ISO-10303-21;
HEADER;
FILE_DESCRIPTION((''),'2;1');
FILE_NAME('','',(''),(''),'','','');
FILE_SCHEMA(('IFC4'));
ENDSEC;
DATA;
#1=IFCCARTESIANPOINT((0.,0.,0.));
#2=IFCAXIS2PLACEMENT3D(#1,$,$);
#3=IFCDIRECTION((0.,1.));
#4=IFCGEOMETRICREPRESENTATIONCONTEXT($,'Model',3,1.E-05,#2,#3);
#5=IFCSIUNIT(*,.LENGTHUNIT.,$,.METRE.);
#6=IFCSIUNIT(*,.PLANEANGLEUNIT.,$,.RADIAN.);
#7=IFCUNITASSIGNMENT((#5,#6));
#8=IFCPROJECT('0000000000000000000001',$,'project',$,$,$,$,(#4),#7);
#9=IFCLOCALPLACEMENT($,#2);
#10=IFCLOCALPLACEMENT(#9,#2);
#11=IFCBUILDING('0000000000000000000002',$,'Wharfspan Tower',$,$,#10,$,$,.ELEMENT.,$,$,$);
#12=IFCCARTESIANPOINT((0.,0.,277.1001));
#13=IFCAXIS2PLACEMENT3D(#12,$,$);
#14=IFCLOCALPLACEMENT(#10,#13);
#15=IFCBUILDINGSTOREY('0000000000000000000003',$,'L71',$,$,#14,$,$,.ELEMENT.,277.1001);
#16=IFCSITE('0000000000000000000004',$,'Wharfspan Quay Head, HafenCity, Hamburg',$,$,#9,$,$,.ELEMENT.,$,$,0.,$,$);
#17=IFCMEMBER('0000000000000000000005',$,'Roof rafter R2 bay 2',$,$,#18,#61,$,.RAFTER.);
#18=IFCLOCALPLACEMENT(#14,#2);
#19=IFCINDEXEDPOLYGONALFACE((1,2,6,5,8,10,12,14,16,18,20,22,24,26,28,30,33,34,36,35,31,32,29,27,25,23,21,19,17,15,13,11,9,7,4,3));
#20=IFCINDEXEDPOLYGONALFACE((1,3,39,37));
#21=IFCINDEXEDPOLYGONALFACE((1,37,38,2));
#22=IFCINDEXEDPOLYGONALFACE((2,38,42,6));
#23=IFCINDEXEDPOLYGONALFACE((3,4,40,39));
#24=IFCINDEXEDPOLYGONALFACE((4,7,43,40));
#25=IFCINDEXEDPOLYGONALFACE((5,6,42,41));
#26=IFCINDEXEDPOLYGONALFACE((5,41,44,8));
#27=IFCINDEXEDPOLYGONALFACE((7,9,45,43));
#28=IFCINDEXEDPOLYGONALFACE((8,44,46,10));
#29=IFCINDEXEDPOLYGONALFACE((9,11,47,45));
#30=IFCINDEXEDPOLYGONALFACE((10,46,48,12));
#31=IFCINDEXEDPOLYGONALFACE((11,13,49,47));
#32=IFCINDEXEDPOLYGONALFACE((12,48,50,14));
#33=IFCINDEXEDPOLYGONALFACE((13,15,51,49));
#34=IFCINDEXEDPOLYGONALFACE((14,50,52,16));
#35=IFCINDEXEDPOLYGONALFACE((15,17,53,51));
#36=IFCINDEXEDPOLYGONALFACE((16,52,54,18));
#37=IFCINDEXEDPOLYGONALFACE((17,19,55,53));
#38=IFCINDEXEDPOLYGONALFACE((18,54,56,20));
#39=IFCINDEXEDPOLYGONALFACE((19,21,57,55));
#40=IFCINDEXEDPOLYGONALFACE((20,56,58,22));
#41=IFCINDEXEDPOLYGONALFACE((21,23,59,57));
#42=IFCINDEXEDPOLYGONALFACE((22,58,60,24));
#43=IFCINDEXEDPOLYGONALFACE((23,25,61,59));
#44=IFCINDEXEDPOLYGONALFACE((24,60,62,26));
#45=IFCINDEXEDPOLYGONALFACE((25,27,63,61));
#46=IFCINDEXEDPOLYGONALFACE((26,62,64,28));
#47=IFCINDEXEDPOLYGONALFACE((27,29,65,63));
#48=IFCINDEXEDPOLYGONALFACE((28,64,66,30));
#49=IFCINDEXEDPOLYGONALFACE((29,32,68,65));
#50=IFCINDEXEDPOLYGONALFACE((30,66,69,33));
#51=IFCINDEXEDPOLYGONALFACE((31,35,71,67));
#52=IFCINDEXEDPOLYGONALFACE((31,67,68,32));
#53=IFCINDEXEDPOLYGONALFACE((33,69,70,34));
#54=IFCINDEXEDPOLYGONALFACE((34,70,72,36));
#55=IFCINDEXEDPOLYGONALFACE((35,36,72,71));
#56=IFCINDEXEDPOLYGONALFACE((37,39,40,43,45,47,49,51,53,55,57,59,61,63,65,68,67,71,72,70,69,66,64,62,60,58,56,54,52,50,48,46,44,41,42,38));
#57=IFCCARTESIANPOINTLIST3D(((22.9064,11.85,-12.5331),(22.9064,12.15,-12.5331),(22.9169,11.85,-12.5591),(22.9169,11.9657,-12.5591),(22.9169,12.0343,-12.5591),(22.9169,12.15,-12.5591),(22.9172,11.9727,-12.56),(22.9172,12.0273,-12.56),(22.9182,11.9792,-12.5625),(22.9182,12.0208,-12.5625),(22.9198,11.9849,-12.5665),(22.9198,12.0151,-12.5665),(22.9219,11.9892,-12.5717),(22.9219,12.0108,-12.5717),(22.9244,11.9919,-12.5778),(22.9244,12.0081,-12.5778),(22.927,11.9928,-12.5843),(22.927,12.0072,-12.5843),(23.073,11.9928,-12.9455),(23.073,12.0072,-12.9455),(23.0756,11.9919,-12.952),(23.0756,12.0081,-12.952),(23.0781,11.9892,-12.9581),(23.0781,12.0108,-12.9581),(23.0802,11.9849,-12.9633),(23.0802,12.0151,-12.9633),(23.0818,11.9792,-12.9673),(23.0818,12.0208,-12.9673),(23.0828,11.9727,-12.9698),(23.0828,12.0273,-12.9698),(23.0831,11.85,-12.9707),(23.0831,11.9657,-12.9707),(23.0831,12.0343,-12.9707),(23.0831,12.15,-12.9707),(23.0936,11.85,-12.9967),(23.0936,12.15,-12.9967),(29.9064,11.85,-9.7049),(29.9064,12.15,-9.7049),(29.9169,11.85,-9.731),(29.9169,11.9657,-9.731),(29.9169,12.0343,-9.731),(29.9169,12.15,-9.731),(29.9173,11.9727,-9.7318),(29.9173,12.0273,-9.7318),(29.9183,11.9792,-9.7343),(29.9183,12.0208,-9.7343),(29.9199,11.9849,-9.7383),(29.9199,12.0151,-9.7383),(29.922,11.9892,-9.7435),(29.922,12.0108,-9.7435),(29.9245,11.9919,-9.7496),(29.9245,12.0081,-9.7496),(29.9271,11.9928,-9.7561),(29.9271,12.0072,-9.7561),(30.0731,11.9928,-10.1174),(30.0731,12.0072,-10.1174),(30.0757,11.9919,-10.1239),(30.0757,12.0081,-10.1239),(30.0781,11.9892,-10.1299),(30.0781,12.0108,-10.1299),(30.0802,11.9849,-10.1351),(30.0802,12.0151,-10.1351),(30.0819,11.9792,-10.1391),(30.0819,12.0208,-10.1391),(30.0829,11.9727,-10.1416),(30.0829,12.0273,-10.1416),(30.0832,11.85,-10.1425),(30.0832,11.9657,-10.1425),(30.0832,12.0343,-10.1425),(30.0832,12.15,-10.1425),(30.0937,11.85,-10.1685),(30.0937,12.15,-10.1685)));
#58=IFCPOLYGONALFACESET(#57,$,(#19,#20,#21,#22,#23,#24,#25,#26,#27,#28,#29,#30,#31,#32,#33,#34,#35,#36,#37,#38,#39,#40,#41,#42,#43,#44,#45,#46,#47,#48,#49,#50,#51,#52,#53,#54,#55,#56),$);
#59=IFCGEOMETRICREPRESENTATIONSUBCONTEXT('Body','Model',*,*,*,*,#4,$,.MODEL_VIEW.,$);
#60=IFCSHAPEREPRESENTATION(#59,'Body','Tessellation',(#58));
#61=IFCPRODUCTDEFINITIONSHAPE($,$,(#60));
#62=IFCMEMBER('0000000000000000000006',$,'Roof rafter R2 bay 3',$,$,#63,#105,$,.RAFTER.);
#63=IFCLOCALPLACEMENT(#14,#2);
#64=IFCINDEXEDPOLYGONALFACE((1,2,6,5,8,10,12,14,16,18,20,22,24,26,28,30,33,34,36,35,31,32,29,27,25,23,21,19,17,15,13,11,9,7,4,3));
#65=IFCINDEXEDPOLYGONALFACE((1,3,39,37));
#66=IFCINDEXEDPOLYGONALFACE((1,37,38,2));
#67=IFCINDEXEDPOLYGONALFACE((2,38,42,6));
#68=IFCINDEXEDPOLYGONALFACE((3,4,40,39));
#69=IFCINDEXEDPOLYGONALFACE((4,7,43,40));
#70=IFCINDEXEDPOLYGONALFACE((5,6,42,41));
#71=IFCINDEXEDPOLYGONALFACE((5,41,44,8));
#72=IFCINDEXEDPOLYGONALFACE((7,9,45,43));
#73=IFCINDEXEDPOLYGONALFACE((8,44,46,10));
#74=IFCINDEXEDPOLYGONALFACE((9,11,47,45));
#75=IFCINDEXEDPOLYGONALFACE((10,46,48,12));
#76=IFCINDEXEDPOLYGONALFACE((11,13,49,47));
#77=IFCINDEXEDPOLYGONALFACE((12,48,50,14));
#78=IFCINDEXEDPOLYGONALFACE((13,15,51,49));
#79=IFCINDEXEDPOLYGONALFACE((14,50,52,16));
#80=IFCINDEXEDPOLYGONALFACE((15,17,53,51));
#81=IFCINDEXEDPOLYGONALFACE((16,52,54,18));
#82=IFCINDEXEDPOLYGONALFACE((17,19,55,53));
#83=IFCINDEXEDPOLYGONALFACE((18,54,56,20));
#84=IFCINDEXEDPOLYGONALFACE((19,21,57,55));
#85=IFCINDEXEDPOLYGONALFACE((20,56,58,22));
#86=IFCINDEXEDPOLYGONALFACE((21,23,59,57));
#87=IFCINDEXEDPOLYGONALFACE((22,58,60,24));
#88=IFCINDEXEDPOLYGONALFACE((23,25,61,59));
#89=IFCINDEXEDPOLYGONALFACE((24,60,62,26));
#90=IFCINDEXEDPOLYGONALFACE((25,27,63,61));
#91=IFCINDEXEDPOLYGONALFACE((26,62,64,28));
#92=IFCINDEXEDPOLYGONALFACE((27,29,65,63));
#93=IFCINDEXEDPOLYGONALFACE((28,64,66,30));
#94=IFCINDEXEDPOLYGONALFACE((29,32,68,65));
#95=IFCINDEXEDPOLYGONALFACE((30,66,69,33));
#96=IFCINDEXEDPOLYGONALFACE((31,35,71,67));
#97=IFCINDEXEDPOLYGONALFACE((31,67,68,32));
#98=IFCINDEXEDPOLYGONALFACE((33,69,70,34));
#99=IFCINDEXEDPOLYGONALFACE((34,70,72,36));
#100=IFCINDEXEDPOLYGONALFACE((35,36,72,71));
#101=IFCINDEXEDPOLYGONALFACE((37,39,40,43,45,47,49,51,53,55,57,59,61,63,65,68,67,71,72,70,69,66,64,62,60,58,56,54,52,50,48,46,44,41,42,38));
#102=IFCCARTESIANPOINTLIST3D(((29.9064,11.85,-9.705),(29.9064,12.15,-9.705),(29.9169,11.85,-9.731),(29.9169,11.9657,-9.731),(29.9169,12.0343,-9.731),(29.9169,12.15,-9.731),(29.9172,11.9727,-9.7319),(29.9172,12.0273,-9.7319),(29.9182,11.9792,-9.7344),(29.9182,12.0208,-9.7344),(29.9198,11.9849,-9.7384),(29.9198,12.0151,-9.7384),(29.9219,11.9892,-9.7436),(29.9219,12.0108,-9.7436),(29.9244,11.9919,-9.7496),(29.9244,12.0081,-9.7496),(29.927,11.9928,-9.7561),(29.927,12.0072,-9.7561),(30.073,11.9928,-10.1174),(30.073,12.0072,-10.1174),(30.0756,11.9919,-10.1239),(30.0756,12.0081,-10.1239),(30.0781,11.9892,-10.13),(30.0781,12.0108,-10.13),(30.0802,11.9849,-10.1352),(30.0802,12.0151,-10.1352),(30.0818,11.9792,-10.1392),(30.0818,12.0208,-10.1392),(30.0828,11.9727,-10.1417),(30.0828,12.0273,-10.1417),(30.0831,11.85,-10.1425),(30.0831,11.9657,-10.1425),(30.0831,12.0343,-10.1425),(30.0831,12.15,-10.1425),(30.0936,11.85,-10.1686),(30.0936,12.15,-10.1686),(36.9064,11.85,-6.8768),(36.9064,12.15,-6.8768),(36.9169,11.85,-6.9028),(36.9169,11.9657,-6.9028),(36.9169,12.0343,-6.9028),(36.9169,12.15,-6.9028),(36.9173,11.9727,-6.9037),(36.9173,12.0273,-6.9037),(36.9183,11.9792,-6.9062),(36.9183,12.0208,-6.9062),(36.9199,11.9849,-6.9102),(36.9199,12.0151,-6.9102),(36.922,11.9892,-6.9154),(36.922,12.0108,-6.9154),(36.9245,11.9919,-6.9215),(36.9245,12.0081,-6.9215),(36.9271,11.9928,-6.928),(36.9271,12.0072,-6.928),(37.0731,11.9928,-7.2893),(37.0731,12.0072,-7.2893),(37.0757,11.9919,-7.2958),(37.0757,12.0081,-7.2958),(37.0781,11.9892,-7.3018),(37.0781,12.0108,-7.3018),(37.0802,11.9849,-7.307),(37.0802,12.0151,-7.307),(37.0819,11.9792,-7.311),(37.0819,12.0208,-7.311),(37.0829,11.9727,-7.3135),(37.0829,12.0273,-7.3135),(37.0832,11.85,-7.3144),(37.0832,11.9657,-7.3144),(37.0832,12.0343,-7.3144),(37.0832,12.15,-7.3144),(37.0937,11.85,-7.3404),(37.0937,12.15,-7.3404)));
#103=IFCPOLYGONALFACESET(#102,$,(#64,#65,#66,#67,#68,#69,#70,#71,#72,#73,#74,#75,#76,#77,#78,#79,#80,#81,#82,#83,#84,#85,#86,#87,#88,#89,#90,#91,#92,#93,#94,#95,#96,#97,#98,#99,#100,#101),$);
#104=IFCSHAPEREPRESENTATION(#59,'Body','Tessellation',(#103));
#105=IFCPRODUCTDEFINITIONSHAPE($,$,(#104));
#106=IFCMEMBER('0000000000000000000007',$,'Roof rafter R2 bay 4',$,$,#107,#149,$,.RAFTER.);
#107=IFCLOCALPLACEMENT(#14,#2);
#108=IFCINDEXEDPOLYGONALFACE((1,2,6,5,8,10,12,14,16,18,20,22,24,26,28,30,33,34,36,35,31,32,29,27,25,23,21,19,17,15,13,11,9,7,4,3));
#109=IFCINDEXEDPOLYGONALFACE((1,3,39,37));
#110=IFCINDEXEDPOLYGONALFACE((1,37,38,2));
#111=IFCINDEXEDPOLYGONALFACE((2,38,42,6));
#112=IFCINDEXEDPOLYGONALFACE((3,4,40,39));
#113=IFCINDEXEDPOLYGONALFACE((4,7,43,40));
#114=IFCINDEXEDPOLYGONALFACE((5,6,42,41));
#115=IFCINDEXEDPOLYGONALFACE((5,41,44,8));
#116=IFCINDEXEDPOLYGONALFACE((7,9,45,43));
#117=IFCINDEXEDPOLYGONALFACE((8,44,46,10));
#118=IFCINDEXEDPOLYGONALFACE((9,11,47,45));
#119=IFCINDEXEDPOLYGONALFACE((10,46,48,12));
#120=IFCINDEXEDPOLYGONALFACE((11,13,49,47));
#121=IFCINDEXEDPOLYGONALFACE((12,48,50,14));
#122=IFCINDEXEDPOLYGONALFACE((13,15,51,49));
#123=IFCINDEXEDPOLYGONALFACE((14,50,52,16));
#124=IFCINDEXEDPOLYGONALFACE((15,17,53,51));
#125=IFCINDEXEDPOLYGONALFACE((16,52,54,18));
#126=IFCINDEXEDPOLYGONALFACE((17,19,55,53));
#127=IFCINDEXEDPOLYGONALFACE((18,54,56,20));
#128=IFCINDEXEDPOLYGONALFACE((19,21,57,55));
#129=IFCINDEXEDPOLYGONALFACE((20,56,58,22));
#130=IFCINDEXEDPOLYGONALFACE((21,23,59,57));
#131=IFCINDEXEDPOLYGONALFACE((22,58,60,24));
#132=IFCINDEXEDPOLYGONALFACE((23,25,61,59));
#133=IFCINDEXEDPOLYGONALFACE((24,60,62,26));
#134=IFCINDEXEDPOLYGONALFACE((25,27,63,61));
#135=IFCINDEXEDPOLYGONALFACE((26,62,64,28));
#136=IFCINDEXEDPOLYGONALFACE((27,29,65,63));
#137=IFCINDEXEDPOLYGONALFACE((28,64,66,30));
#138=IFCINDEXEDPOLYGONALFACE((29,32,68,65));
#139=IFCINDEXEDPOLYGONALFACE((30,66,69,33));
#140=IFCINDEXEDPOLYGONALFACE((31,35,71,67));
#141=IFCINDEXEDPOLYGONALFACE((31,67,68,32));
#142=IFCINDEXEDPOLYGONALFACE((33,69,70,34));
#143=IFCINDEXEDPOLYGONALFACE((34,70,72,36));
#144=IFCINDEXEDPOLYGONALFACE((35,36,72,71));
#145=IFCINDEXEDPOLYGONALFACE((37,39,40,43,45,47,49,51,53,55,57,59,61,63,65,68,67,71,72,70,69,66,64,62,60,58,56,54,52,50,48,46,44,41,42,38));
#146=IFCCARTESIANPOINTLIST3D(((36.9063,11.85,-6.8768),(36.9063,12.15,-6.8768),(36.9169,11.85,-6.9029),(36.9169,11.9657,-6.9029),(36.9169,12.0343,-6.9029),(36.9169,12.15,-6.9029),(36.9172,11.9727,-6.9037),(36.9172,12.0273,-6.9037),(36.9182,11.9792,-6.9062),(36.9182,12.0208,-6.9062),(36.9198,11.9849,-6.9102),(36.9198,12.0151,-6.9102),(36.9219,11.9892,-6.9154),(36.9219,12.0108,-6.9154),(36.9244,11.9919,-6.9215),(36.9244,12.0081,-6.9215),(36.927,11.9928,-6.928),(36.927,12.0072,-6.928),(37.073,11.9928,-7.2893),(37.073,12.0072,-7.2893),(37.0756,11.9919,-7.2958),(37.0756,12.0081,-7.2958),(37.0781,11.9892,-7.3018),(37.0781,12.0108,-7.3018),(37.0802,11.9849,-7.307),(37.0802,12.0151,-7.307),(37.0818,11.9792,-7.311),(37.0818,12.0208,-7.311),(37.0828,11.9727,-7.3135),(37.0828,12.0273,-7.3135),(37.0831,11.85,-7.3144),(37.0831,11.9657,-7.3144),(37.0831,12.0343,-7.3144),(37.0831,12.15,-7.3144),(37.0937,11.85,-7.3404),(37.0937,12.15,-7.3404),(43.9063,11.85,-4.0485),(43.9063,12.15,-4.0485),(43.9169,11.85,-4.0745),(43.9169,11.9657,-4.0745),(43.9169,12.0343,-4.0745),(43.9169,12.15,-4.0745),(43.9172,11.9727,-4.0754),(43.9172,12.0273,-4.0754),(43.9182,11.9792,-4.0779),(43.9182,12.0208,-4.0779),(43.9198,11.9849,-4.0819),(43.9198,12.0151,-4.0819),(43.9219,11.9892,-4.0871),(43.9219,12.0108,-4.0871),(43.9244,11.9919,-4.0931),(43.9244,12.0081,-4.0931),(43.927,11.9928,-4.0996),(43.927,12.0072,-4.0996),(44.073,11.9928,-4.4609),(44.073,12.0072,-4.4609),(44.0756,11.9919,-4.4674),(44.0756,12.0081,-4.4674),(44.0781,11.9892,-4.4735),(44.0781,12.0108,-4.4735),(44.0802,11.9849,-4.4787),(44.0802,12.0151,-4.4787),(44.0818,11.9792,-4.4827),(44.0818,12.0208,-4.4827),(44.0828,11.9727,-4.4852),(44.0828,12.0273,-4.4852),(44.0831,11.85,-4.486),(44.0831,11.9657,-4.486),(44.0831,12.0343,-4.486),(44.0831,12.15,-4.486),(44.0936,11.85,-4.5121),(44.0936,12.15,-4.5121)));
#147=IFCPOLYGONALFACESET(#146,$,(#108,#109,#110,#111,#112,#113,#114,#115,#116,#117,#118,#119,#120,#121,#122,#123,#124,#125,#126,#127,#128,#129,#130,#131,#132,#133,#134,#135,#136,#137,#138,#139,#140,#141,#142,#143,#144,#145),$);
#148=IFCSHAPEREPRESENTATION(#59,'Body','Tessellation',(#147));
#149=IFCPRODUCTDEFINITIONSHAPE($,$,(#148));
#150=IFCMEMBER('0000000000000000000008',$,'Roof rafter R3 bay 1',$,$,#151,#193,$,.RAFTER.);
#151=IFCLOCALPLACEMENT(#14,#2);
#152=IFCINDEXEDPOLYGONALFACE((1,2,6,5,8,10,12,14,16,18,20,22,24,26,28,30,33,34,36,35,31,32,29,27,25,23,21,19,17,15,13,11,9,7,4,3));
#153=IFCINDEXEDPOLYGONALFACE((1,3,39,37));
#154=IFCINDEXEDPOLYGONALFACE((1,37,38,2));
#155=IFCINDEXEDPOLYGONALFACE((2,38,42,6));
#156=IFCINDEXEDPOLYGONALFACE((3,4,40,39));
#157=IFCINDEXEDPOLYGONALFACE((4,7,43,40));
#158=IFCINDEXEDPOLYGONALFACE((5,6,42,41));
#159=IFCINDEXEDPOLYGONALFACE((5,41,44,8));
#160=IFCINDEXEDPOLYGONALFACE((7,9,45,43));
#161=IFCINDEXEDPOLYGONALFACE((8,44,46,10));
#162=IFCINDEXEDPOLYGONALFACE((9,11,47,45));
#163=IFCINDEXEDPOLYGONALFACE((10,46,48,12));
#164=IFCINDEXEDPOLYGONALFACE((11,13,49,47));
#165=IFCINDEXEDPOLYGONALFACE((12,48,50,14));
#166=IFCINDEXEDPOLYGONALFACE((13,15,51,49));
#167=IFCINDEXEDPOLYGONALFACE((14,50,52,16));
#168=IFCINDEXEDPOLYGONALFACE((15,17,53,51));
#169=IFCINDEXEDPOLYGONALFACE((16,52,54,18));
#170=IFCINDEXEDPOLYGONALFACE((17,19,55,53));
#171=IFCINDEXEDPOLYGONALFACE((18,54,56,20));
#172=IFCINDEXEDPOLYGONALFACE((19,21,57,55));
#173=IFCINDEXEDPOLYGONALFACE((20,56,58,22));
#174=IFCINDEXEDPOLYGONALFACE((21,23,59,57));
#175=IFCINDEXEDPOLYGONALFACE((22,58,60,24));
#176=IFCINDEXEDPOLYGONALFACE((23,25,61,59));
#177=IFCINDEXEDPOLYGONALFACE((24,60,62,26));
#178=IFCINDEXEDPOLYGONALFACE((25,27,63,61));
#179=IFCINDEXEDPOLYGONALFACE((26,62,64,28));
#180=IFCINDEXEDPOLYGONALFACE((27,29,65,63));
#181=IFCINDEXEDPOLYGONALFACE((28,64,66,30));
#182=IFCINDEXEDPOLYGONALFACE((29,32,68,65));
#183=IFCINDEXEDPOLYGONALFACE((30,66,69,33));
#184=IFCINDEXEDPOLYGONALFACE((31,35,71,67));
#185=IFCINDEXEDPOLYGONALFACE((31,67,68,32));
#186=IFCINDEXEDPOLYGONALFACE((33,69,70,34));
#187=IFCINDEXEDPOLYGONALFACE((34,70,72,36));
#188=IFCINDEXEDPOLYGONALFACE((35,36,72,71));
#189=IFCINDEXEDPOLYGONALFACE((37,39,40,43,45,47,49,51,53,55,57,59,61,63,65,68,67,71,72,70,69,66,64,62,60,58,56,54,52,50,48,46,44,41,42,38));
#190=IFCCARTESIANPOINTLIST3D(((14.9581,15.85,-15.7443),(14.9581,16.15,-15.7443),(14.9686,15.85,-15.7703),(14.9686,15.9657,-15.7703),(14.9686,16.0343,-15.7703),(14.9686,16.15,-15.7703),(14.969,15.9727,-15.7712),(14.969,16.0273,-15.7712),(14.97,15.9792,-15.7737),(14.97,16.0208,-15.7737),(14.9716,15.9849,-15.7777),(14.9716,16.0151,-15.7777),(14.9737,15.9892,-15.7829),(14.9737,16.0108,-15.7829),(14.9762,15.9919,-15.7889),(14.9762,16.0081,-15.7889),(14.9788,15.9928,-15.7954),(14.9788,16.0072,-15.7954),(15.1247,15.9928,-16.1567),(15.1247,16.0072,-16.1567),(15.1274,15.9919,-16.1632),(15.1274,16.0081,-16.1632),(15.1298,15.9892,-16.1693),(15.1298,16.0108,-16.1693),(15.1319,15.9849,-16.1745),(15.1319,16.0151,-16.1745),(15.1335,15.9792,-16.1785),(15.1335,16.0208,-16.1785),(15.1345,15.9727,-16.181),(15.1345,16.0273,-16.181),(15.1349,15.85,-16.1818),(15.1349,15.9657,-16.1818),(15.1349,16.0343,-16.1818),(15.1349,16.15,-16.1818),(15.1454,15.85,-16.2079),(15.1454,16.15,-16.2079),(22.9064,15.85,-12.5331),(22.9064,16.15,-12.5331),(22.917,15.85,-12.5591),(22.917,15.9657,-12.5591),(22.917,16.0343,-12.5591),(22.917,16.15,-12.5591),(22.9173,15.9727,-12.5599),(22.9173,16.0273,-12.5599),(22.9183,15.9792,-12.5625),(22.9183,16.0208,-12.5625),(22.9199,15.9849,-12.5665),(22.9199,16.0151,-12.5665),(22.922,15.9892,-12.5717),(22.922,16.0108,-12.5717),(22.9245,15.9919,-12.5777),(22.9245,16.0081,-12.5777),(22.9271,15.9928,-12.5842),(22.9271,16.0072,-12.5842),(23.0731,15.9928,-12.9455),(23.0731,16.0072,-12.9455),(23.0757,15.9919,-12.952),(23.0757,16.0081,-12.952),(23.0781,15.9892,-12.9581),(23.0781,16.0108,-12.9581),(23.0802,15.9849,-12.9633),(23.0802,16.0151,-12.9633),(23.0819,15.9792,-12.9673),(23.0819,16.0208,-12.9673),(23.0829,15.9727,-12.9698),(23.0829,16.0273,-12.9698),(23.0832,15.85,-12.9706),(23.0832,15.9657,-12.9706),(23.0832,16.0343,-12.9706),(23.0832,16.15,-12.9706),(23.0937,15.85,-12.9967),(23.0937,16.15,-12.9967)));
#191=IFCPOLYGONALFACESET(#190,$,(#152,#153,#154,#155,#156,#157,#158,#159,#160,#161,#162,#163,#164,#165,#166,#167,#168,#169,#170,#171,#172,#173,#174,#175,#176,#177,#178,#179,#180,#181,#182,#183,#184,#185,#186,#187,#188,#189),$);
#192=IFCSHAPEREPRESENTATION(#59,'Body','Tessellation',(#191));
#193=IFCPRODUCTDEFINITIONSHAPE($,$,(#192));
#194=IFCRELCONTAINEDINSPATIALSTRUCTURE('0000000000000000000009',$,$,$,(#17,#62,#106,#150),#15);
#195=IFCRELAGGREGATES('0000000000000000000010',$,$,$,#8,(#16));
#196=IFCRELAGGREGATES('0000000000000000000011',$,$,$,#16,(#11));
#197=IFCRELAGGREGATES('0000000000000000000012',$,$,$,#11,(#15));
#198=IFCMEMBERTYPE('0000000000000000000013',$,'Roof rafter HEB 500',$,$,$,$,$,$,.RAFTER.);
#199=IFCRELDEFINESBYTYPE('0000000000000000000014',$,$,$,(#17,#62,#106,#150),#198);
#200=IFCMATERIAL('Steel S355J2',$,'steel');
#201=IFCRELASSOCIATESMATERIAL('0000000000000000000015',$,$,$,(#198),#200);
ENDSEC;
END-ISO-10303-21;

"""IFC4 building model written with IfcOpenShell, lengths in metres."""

from ifc_helpers import new_model, si_unit, direction, frame, origin, origin_2d, place, context, subcontext, project, spatial, i_section, extrude, material, material_profile, profile_set, type_object, element, save


model = new_model("IFC4")

# Units and contexts
model_context = context("Model", 3, precision=1e-05, world=origin(), true_north=direction((0.0, 1.0)))
body_context = subcontext(model_context, "Body", "Model", "MODEL_VIEW")
ifc_project = project(units=[si_unit("LENGTHUNIT", "METRE"), si_unit("PLANEANGLEUNIT", "RADIAN")], contexts=[model_context])

# Site, building, storey
site_placement = place(None, origin())
site = spatial("IfcSite", under=ifc_project, at=site_placement, Name="Wharfspan Quay Head, HafenCity, Hamburg", CompositionType="ELEMENT", RefElevation=0.0)
building_placement = place(site_placement, origin())
building = spatial("IfcBuilding", under=site, at=building_placement, Name="Wharfspan Tower", CompositionType="ELEMENT")
storey_placement = place(building_placement, frame((0.0, 0.0, 277.1001)))
storey = spatial("IfcBuildingStorey", under=building, at=storey_placement, Name="L71", CompositionType="ELEMENT", Elevation=277.1001)

# Members
ifc_material_1 = material(Name="Steel S355J2", Category="steel")
ifc_material_profile = material_profile(ifc_material_1, i_section(OverallWidth=0.3, OverallDepth=0.5, WebThickness=0.0144, FlangeThickness=0.0281, FilletRadius=0.0271, at=origin_2d()))
ifc_profile_set = profile_set([ifc_material_profile], Name="Steel S355J2")
member_type = type_object("IfcMemberType", Name="Roof rafter HEB 500", PredefinedType="RAFTER", material=ifc_profile_set)
for number, where, z_axis, x_axis, name in (
    (1, (23.0, 12.0, -12.7649), (0.927187, 0.0, 0.3746), (0.0, 1.0, 0.0), "Roof rafter R2 bay 2"),
    (2, (30.0, 12.0, -9.9368), (0.927187, 0.0, 0.3746), (0.0, 1.0, 0.0), "Roof rafter R2 bay 3"),
    (3, (37.0, 12.0, -7.1086), (0.927175, 0.0, 0.374628), (0.0, 1.0, 0.0), "Roof rafter R2 bay 4"),
):
    element("IfcMember", number, at=place(storey_placement, frame(where, z_axis=z_axis, x_axis=x_axis)), inside=storey, type_object=member_type, Name=name, PredefinedType="RAFTER", context=body_context, shape_type="SweptSolid", body=[
        extrude(i_section(OverallWidth=0.3, OverallDepth=0.5, WebThickness=0.0144, FlangeThickness=0.0281, FilletRadius=0.0271, at=origin_2d()), origin(), (0.0, 0.0, 1.0), 7.5498),
    ])
member_1_placement = place(storey_placement, frame((15.0518, 16.0, -15.9761), z_axis=(0.927189, 0.0, 0.374595), x_axis=(0.0, 1.0, 0.0)))
element("IfcMember", 4, at=member_1_placement, inside=storey, type_object=member_type, Name="Roof rafter R3 bay 1", PredefinedType="RAFTER", context=body_context, shape_type="SweptSolid", body=[
    extrude(i_section(OverallWidth=0.3, OverallDepth=0.5, WebThickness=0.0144, FlangeThickness=0.0281, FilletRadius=0.0271, at=origin_2d()), origin(), (0.0, 0.0, 1.0), 8.5725),
])

save(model, "model.ifc")
